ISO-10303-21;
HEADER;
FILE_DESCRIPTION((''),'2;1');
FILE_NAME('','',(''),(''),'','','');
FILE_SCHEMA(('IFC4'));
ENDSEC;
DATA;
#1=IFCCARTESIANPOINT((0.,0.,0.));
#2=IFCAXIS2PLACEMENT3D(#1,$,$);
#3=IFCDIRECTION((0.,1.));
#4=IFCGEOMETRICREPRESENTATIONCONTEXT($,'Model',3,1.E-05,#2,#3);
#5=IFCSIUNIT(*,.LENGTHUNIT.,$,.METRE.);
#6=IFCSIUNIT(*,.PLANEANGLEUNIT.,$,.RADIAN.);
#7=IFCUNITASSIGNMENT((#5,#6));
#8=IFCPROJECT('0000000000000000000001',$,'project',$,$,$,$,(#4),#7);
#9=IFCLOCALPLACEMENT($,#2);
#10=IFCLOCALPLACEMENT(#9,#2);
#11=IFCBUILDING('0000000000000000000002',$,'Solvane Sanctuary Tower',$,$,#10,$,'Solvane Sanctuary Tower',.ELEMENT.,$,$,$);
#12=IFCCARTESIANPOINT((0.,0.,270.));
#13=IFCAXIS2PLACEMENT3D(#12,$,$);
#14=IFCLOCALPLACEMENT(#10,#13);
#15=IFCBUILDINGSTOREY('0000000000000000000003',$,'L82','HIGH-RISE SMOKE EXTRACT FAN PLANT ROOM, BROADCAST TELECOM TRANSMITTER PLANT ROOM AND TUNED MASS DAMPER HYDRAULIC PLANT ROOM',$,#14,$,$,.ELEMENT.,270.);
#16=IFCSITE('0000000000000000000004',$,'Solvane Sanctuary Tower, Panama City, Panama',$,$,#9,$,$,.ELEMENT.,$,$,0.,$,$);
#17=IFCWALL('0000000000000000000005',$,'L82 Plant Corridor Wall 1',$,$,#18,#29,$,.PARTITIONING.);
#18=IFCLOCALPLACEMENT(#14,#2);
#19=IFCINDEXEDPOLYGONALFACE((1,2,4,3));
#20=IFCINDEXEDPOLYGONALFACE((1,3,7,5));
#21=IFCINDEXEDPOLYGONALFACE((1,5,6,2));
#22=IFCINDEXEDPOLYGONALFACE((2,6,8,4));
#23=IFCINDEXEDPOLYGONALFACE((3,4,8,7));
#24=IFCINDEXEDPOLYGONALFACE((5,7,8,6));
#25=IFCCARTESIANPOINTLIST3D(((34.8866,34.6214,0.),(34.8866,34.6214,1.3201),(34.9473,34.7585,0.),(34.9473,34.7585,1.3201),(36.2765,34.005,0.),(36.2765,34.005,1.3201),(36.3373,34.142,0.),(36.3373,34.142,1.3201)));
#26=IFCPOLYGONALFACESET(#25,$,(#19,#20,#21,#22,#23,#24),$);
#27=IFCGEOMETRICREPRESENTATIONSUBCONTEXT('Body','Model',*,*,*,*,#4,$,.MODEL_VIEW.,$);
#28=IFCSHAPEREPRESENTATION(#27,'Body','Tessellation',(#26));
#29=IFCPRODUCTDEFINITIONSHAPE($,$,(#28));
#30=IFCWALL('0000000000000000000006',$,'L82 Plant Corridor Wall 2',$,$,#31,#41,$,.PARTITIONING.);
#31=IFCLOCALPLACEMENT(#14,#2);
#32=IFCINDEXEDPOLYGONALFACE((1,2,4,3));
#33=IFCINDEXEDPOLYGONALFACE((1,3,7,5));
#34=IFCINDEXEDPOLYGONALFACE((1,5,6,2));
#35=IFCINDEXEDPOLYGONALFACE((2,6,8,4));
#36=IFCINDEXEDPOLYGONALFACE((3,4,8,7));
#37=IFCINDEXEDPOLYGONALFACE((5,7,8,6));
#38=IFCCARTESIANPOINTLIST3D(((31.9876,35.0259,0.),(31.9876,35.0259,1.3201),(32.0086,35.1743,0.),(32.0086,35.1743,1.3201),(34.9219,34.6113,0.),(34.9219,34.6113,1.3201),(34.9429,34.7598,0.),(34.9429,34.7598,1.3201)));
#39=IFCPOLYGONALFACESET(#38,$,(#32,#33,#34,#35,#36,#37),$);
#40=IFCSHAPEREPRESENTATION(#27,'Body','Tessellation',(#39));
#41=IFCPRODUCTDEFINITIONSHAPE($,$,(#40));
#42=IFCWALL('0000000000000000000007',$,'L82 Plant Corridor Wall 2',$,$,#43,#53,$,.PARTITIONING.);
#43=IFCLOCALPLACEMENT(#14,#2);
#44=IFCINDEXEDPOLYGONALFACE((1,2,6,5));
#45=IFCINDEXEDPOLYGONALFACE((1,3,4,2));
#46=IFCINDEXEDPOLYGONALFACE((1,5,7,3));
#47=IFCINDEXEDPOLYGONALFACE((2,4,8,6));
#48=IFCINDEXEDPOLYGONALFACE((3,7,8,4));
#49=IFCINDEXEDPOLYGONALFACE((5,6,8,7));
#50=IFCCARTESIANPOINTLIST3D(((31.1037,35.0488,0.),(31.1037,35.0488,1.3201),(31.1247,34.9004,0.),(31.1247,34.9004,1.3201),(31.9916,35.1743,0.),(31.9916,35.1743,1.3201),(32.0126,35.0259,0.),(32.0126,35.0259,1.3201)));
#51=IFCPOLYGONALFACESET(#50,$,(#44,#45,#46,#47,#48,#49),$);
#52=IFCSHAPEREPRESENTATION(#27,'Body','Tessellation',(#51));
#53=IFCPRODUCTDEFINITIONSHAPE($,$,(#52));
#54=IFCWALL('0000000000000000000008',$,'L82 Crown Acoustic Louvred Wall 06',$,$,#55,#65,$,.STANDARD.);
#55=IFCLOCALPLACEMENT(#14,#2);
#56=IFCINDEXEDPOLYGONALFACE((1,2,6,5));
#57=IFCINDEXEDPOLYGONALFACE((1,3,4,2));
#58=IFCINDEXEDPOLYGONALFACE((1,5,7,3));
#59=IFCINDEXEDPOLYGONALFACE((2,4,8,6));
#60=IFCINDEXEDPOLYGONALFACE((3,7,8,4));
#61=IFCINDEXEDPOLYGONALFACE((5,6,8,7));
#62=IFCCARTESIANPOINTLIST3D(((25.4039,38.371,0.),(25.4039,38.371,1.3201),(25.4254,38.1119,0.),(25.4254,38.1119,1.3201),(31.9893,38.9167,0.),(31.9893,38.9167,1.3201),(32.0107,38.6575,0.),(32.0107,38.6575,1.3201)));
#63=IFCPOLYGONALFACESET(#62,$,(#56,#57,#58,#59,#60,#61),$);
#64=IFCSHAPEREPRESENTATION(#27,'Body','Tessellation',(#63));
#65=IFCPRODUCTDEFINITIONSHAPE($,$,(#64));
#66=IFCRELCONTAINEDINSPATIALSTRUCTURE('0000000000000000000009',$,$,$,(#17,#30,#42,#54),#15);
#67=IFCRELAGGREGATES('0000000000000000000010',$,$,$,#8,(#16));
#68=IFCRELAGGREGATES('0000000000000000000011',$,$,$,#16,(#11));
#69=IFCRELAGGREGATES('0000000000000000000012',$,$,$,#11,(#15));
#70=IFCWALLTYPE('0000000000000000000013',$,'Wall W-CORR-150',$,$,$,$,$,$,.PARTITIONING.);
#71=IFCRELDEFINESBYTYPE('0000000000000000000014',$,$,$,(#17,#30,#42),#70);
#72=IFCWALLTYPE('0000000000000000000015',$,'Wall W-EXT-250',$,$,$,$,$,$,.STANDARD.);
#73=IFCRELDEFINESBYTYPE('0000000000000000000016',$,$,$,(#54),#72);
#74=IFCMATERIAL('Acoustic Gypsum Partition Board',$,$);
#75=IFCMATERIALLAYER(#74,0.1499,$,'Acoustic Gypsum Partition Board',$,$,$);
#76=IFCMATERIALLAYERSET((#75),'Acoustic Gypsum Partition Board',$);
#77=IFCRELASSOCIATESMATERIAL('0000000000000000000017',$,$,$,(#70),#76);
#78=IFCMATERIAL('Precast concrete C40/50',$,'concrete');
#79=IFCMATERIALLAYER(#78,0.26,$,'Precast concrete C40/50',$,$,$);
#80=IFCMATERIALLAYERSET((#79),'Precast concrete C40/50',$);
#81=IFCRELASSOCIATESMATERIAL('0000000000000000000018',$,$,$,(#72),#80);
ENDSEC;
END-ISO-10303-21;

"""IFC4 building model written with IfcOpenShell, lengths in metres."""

from ifc_helpers import new_model, si_unit, direction, frame, frame_2d, origin, place, context, subcontext, project, spatial, rectangle, extrude, material, layer, layer_set, type_object, element, save


model = new_model("IFC4")

# Units and contexts
model_context = context("Model", 3, precision=1e-05, world=origin(), true_north=direction((0.0, 1.0)))
body_context = subcontext(model_context, "Body", "Model", "MODEL_VIEW")
ifc_project = project(units=[si_unit("LENGTHUNIT", "METRE"), si_unit("PLANEANGLEUNIT", "RADIAN")], contexts=[model_context])

# Site, building, storey
site_placement = place(None, origin())
site = spatial("IfcSite", under=ifc_project, at=site_placement, Name="Solvane Sanctuary Tower, Panama City, Panama", CompositionType="ELEMENT", RefElevation=0.0)
building_placement = place(site_placement, origin())
building = spatial("IfcBuilding", under=site, at=building_placement, Name="Solvane Sanctuary Tower", LongName="Solvane Sanctuary Tower", CompositionType="ELEMENT")
storey_placement = place(building_placement, frame((0.0, 0.0, 270.0)))
storey = spatial("IfcBuildingStorey", under=building, at=storey_placement, Name="L82", Description="HIGH-RISE SMOKE EXTRACT FAN PLANT ROOM, BROADCAST TELECOM TRANSMITTER PLANT ROOM AND TUNED MASS DAMPER HYDRAULIC PLANT ROOM", CompositionType="ELEMENT", Elevation=270.0)

# Shared definitions
ifc_material_1 = material(Name="Acoustic Gypsum Partition Board")
ifc_layer_1 = layer(ifc_material_1, 0.1499, Name="Acoustic Gypsum Partition Board")
ifc_layer_set_1 = layer_set([ifc_layer_1], Name="Acoustic Gypsum Partition Board")
wall_type_1 = type_object("IfcWallType", Name="Wall W-CORR-150", PredefinedType="PARTITIONING", material=ifc_layer_set_1)

# Walls
wall_1_placement = place(storey_placement, frame((36.3069, 34.0735, 0.0), z_axis=(0.0, 0.0, 1.0), x_axis=(-0.914122, 0.405438, 0.0)))
element("IfcWall", 1, at=wall_1_placement, inside=storey, type_object=wall_type_1, Name="L82 Plant Corridor Wall 1", PredefinedType="PARTITIONING", context=body_context, shape_type="SweptSolid", body=[
    extrude(rectangle(XDim=1.5205, YDim=0.1499, at=frame_2d((0.7603, 0.0))), origin(), (0.0, 0.0, 1.0), 1.3201),
])
wall_2_placement = place(storey_placement, frame((34.9324, 34.6855, 0.0), z_axis=(0.0, 0.0, 1.0), x_axis=(-0.990167, 0.139887, 0.0)))
element("IfcWall", 2, at=wall_2_placement, inside=storey, type_object=wall_type_1, Name="L82 Plant Corridor Wall 2", PredefinedType="PARTITIONING", context=body_context, shape_type="SweptSolid", body=[
    extrude(rectangle(XDim=2.9634, YDim=0.1499, at=frame_2d((1.4817, 0.0))), origin(), (0.0, 0.0, 1.0), 1.3201),
])
wall_3_placement = place(storey_placement, frame((32.002, 35.1001, 0.0), z_axis=(0.0, 0.0, 1.0), x_axis=(-0.990161, -0.139935, 0.0)))
element("IfcWall", 3, at=wall_3_placement, inside=storey, type_object=wall_type_1, Name="L82 Plant Corridor Wall 2", PredefinedType="PARTITIONING", context=body_context, shape_type="SweptSolid", body=[
    extrude(rectangle(XDim=0.8967, YDim=0.1499, at=frame_2d((0.4482, 0.0))), origin(), (0.0, 0.0, 1.0), 1.3201),
])
ifc_material_2 = material(Name="Precast concrete C40/50", Category="concrete")
ifc_layer_2 = layer(ifc_material_2, 0.26, Name="Precast concrete C40/50")
ifc_layer_set_2 = layer_set([ifc_layer_2], Name="Precast concrete C40/50")
wall_type_2 = type_object("IfcWallType", Name="Wall W-EXT-250", PredefinedType="STANDARD", material=ifc_layer_set_2)
wall_4_placement = place(storey_placement, frame((32.0, 38.7871, 0.0), z_axis=(0.0, 0.0, 1.0), x_axis=(-0.996585, -0.082575, 0.0)))
element("IfcWall", 4, at=wall_4_placement, inside=storey, type_object=wall_type_2, Name="L82 Crown Acoustic Louvred Wall 06", PredefinedType="STANDARD", context=body_context, shape_type="SweptSolid", body=[
    extrude(rectangle(XDim=6.6079, YDim=0.26, at=frame_2d((3.304, 0.0))), origin(), (0.0, 0.0, 1.0), 1.3201),
])

save(model, "model.ifc")
